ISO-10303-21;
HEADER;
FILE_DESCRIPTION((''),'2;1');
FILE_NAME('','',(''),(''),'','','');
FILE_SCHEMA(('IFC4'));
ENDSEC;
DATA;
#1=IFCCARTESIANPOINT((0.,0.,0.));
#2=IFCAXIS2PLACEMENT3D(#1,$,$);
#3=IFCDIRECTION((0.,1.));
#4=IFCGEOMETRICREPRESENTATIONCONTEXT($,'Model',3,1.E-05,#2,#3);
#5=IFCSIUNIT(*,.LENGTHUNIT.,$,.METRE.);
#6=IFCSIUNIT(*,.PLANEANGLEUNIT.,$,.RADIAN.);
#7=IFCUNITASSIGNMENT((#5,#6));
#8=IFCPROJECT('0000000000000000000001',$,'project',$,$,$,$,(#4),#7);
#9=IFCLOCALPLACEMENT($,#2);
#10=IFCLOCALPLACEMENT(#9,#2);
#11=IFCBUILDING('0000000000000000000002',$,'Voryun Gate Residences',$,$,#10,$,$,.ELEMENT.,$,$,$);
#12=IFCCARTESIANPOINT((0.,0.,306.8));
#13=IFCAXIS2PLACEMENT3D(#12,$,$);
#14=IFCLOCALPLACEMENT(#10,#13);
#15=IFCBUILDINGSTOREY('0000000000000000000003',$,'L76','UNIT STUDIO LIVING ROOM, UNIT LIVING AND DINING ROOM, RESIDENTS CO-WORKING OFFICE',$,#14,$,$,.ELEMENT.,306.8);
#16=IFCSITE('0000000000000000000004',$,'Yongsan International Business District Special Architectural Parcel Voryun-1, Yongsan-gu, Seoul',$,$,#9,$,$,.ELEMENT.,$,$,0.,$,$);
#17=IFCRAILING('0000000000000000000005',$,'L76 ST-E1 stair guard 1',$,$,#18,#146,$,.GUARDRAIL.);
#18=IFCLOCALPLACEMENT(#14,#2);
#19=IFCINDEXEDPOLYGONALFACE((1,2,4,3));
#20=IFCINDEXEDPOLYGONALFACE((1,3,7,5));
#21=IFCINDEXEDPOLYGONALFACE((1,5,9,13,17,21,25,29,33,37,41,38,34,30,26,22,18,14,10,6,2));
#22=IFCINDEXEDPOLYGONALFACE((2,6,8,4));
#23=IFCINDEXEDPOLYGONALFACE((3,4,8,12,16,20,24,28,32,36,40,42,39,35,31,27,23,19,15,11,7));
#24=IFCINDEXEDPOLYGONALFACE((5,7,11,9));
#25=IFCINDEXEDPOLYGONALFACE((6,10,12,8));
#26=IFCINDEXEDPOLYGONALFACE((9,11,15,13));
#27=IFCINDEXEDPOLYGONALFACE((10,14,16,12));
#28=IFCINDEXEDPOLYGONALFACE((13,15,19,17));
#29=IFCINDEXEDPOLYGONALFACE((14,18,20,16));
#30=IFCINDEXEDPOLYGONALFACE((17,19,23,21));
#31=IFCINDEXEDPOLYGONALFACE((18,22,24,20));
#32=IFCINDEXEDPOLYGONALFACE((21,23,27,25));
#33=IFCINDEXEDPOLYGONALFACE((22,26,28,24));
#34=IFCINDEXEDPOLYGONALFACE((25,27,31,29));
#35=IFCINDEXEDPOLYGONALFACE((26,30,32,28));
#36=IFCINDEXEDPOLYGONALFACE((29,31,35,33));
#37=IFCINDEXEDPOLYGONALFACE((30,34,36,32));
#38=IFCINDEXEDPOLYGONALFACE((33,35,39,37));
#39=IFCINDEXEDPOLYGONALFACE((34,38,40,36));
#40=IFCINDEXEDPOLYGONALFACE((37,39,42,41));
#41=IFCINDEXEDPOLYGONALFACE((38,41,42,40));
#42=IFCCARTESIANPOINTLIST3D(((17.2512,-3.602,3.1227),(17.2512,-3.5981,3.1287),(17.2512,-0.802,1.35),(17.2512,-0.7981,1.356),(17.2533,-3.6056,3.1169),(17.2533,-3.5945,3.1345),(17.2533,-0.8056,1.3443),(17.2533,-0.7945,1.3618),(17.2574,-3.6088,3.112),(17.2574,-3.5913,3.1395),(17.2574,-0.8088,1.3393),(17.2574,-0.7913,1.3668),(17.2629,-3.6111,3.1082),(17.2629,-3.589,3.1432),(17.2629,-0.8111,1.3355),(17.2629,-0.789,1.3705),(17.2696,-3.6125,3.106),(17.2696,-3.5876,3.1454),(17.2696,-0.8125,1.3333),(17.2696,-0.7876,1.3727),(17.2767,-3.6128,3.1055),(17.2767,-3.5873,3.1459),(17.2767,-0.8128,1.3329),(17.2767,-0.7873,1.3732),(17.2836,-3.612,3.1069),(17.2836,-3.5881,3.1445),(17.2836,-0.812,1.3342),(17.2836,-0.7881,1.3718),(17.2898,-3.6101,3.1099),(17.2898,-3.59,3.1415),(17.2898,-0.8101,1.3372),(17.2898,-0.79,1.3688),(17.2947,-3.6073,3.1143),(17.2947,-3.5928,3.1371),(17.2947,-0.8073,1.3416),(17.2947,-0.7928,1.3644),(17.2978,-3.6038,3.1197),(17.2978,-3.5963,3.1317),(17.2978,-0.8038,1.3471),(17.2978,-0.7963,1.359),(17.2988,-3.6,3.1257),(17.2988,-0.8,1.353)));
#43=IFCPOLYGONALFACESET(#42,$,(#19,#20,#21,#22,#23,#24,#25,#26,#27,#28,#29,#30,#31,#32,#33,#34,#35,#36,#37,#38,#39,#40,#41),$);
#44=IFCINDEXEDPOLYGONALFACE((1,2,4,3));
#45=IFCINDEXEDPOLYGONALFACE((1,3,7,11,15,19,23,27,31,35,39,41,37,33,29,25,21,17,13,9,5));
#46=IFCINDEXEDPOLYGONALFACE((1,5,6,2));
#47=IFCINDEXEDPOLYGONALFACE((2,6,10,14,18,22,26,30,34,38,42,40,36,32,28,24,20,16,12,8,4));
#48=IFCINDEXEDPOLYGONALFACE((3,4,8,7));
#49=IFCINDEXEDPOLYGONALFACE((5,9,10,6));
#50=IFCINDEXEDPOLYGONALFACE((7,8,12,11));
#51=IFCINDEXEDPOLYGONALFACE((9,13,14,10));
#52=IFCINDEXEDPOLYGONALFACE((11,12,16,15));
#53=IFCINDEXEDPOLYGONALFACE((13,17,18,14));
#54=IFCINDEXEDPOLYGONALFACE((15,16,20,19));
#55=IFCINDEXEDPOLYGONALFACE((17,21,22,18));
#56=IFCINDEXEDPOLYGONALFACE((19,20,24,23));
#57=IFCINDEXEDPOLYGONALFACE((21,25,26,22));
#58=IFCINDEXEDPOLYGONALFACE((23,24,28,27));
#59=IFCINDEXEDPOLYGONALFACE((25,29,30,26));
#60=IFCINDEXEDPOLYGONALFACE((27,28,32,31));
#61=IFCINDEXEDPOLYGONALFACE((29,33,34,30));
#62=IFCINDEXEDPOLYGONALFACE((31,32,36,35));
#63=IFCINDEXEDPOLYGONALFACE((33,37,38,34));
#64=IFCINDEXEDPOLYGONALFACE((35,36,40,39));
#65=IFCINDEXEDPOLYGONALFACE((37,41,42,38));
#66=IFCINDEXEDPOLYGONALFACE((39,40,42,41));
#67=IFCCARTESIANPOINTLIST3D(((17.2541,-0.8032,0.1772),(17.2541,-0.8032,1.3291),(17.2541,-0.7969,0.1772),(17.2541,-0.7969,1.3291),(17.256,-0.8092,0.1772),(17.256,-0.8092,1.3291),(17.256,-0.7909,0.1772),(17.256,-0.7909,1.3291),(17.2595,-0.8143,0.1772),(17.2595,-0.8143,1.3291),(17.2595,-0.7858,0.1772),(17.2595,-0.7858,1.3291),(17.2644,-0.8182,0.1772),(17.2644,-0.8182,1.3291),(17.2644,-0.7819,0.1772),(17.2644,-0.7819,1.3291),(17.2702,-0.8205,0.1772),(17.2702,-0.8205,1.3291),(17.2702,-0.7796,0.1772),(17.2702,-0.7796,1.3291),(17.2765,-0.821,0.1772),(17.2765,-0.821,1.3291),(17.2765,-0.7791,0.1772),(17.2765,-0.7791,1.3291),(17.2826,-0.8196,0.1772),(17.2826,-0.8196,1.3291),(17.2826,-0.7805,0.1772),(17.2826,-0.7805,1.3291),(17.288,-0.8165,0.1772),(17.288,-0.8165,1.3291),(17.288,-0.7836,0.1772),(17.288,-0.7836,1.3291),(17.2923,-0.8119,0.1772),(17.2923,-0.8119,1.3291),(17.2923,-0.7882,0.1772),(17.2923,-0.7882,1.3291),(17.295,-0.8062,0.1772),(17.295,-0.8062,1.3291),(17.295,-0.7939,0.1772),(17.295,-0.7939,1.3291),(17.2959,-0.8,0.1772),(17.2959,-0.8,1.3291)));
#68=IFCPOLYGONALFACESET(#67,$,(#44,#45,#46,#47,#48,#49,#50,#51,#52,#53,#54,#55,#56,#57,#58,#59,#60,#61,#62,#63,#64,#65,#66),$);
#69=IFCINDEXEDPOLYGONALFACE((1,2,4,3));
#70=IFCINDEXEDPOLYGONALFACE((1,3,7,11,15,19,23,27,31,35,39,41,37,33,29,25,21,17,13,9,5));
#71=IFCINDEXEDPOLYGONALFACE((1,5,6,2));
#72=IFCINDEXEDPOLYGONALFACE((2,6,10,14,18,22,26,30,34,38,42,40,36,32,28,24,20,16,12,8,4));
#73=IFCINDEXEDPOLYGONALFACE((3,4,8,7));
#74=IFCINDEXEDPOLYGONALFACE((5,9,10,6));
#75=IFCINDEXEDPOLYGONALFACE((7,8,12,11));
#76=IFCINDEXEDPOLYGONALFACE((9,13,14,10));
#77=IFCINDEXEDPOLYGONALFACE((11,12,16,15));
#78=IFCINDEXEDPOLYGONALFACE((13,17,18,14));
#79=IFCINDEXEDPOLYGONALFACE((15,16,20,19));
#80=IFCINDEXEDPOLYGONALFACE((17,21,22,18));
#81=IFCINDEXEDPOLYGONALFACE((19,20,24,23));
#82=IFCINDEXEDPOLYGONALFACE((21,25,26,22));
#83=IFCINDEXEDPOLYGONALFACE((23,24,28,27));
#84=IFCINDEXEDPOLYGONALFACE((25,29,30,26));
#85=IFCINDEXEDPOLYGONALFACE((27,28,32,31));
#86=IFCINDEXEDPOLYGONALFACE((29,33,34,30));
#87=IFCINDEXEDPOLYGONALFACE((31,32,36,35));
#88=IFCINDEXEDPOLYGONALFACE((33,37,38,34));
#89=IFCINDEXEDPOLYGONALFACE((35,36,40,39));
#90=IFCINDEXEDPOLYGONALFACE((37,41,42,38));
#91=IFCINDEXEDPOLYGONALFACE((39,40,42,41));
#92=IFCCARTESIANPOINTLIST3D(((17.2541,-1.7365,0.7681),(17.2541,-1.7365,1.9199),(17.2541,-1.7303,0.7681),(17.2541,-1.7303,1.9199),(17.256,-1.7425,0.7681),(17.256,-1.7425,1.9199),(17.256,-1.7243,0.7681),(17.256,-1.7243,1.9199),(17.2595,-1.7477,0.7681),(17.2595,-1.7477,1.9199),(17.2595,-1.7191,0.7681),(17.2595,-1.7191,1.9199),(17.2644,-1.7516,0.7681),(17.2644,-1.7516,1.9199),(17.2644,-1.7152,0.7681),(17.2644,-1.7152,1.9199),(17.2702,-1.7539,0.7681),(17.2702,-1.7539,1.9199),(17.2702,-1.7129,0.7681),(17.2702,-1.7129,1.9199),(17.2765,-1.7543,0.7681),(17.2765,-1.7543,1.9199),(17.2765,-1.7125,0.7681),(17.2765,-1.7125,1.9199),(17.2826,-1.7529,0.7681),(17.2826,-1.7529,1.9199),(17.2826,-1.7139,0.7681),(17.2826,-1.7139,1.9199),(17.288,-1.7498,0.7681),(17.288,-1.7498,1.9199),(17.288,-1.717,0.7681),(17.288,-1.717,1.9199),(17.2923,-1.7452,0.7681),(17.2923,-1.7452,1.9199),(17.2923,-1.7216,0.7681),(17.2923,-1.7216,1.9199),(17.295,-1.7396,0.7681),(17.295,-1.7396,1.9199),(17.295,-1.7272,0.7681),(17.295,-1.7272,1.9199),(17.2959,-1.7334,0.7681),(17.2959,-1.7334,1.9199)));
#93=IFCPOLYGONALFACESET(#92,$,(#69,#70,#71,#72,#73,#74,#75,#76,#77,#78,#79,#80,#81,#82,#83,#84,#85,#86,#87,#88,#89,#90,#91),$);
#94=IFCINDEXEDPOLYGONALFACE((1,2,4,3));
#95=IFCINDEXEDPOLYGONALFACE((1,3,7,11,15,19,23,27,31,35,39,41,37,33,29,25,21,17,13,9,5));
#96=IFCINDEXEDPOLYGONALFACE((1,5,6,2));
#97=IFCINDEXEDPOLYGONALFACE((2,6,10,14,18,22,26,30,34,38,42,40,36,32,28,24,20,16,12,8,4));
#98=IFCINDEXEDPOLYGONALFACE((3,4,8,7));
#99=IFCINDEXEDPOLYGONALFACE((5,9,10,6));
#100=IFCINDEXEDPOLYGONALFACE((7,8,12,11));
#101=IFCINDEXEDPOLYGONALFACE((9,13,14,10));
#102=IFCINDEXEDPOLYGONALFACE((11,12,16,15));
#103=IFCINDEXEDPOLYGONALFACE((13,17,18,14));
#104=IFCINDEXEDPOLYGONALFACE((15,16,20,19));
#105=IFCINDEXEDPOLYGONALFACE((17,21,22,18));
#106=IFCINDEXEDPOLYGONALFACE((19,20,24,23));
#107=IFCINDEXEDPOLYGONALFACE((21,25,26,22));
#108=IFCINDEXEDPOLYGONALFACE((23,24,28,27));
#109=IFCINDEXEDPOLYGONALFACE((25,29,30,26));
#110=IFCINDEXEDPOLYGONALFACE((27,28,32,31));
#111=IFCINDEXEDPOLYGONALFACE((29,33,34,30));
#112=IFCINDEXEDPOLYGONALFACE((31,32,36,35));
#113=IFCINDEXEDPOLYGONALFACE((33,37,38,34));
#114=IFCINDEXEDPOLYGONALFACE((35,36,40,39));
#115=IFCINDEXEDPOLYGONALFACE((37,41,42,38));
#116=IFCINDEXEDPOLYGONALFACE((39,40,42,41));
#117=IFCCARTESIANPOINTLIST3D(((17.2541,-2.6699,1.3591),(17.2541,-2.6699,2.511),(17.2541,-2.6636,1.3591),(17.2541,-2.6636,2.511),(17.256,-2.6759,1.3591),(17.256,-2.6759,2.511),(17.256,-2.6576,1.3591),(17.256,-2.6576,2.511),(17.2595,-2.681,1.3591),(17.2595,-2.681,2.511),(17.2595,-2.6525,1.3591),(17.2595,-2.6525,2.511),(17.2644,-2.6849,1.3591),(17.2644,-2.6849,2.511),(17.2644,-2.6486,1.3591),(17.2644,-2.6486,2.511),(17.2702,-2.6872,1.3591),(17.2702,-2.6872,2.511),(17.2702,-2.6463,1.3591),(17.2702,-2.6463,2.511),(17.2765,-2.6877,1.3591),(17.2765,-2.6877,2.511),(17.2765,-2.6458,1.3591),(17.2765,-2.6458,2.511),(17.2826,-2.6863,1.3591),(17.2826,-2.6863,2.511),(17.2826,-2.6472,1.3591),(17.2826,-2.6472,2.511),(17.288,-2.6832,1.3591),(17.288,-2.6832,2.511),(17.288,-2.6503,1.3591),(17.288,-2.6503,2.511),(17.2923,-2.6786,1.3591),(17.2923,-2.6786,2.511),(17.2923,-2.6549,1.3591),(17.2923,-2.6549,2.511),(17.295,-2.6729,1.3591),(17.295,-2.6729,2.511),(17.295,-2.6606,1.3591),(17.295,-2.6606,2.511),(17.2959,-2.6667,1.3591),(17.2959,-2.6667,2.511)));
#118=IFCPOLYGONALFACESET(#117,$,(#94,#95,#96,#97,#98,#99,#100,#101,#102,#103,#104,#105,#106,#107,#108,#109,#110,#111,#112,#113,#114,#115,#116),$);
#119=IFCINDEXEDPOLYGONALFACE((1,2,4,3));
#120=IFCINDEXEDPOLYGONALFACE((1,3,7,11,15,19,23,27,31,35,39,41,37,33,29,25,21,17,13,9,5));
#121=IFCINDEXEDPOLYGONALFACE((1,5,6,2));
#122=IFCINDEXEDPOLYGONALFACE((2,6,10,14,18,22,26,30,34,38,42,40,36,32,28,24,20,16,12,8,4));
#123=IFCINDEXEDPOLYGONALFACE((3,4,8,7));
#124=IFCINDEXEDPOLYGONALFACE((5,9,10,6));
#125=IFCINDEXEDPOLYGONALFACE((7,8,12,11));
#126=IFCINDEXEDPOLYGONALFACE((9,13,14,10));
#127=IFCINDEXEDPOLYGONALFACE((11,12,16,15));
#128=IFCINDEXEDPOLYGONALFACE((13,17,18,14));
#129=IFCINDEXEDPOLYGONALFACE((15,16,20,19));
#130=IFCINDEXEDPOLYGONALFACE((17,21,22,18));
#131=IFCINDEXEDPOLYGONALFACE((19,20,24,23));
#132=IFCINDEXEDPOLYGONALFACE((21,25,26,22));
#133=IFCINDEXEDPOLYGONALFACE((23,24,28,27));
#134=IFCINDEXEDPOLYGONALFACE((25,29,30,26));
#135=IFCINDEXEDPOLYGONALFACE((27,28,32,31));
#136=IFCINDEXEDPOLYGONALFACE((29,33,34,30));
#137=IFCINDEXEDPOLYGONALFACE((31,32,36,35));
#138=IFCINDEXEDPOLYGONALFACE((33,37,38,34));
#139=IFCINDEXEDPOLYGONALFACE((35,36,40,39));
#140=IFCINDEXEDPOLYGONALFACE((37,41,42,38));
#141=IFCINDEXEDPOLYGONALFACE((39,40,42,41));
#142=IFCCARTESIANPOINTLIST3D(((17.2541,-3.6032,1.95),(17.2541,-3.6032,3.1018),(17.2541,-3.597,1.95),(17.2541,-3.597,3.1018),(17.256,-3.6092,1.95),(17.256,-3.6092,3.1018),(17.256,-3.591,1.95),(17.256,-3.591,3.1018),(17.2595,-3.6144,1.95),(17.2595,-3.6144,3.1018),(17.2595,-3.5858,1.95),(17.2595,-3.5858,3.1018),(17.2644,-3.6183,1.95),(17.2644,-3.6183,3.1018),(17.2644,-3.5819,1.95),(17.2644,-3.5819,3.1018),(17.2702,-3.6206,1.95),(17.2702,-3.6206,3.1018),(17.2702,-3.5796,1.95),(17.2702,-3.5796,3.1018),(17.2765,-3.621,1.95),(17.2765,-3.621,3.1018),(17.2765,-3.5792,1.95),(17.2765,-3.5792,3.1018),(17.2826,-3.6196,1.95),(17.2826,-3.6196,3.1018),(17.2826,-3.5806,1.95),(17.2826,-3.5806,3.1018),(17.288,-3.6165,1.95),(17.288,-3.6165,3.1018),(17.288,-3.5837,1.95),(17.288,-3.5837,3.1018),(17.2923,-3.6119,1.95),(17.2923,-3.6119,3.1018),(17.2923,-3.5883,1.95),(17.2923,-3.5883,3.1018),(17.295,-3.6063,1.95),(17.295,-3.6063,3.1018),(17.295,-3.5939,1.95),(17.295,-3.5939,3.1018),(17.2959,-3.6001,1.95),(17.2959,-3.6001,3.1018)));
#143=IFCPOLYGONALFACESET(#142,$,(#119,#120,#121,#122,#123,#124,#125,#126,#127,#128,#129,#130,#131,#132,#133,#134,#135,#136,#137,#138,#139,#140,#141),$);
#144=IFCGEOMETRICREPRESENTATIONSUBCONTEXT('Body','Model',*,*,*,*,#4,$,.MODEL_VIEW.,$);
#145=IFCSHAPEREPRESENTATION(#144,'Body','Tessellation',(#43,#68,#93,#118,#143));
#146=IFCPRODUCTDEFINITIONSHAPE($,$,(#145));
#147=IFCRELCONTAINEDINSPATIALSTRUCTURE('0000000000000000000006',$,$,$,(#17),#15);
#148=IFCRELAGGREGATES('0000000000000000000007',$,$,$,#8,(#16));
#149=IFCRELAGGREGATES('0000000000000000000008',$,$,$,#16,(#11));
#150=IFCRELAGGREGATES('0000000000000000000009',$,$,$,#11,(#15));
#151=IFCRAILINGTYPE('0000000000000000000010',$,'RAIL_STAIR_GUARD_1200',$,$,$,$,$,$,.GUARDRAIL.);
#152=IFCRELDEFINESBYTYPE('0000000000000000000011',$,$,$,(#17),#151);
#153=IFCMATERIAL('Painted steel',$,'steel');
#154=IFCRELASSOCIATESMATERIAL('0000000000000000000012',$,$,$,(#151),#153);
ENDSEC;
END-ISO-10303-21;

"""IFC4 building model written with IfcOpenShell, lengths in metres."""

from ifc_helpers import new_model, si_unit, direction, frame, origin, origin_2d, place, context, subcontext, project, spatial, circle, extrude, material, type_object, element, save


model = new_model("IFC4")

# Units and contexts
model_context = context("Model", 3, precision=1e-05, world=origin(), true_north=direction((0.0, 1.0)))
body_context = subcontext(model_context, "Body", "Model", "MODEL_VIEW")
ifc_project = project(units=[si_unit("LENGTHUNIT", "METRE"), si_unit("PLANEANGLEUNIT", "RADIAN")], contexts=[model_context])

# Site, building, storey
site_placement = place(None, origin())
site = spatial("IfcSite", under=ifc_project, at=site_placement, Name="Yongsan International Business District Special Architectural Parcel Voryun-1, Yongsan-gu, Seoul", CompositionType="ELEMENT", RefElevation=0.0)
building_placement = place(site_placement, origin())
building = spatial("IfcBuilding", under=site, at=building_placement, Name="Voryun Gate Residences", CompositionType="ELEMENT")
storey_placement = place(building_placement, frame((0.0, 0.0, 306.8)))
storey = spatial("IfcBuildingStorey", under=building, at=storey_placement, Name="L76", Description="UNIT STUDIO LIVING ROOM, UNIT LIVING AND DINING ROOM, RESIDENTS CO-WORKING OFFICE", CompositionType="ELEMENT", Elevation=306.8)

# Railing
ifc_material_1 = material(Name="Painted steel", Category="steel")
railing_type_1 = type_object("IfcRailingType", Name="RAIL_STAIR_GUARD_1200", PredefinedType="GUARDRAIL", material=ifc_material_1)
railing_1_placement = place(storey_placement, frame((17.2749, -0.8, 0.1772)))
element("IfcRailing", 1, at=railing_1_placement, inside=storey, type_object=railing_type_1, Name="L76 ST-E1 stair guard 1", PredefinedType="GUARDRAIL", context=body_context, shape_type="SweptSolid", body=[
    extrude(circle(Radius=0.0239, at=origin_2d()), frame((0.0, 0.0, 1.1758), z_axis=(0.0, -0.844909, 0.53491), x_axis=(1.0, 0.0, 0.0)), (0.0, 0.0, 1.0), 3.314),
    extrude(circle(Radius=0.021, at=origin_2d()), origin(), (0.0, 0.0, 1.0), 1.1519),
    extrude(circle(Radius=0.021, at=origin_2d()), frame((0.0, -0.9333, 0.5908)), (0.0, 0.0, 1.0), 1.1519),
    extrude(circle(Radius=0.021, at=origin_2d()), frame((0.0, -1.8667, 1.1819)), (0.0, 0.0, 1.0), 1.1519),
    extrude(circle(Radius=0.021, at=origin_2d()), frame((0.0, -2.8, 1.7727)), (0.0, 0.0, 1.0), 1.1519),
])

save(model, "model.ifc")
